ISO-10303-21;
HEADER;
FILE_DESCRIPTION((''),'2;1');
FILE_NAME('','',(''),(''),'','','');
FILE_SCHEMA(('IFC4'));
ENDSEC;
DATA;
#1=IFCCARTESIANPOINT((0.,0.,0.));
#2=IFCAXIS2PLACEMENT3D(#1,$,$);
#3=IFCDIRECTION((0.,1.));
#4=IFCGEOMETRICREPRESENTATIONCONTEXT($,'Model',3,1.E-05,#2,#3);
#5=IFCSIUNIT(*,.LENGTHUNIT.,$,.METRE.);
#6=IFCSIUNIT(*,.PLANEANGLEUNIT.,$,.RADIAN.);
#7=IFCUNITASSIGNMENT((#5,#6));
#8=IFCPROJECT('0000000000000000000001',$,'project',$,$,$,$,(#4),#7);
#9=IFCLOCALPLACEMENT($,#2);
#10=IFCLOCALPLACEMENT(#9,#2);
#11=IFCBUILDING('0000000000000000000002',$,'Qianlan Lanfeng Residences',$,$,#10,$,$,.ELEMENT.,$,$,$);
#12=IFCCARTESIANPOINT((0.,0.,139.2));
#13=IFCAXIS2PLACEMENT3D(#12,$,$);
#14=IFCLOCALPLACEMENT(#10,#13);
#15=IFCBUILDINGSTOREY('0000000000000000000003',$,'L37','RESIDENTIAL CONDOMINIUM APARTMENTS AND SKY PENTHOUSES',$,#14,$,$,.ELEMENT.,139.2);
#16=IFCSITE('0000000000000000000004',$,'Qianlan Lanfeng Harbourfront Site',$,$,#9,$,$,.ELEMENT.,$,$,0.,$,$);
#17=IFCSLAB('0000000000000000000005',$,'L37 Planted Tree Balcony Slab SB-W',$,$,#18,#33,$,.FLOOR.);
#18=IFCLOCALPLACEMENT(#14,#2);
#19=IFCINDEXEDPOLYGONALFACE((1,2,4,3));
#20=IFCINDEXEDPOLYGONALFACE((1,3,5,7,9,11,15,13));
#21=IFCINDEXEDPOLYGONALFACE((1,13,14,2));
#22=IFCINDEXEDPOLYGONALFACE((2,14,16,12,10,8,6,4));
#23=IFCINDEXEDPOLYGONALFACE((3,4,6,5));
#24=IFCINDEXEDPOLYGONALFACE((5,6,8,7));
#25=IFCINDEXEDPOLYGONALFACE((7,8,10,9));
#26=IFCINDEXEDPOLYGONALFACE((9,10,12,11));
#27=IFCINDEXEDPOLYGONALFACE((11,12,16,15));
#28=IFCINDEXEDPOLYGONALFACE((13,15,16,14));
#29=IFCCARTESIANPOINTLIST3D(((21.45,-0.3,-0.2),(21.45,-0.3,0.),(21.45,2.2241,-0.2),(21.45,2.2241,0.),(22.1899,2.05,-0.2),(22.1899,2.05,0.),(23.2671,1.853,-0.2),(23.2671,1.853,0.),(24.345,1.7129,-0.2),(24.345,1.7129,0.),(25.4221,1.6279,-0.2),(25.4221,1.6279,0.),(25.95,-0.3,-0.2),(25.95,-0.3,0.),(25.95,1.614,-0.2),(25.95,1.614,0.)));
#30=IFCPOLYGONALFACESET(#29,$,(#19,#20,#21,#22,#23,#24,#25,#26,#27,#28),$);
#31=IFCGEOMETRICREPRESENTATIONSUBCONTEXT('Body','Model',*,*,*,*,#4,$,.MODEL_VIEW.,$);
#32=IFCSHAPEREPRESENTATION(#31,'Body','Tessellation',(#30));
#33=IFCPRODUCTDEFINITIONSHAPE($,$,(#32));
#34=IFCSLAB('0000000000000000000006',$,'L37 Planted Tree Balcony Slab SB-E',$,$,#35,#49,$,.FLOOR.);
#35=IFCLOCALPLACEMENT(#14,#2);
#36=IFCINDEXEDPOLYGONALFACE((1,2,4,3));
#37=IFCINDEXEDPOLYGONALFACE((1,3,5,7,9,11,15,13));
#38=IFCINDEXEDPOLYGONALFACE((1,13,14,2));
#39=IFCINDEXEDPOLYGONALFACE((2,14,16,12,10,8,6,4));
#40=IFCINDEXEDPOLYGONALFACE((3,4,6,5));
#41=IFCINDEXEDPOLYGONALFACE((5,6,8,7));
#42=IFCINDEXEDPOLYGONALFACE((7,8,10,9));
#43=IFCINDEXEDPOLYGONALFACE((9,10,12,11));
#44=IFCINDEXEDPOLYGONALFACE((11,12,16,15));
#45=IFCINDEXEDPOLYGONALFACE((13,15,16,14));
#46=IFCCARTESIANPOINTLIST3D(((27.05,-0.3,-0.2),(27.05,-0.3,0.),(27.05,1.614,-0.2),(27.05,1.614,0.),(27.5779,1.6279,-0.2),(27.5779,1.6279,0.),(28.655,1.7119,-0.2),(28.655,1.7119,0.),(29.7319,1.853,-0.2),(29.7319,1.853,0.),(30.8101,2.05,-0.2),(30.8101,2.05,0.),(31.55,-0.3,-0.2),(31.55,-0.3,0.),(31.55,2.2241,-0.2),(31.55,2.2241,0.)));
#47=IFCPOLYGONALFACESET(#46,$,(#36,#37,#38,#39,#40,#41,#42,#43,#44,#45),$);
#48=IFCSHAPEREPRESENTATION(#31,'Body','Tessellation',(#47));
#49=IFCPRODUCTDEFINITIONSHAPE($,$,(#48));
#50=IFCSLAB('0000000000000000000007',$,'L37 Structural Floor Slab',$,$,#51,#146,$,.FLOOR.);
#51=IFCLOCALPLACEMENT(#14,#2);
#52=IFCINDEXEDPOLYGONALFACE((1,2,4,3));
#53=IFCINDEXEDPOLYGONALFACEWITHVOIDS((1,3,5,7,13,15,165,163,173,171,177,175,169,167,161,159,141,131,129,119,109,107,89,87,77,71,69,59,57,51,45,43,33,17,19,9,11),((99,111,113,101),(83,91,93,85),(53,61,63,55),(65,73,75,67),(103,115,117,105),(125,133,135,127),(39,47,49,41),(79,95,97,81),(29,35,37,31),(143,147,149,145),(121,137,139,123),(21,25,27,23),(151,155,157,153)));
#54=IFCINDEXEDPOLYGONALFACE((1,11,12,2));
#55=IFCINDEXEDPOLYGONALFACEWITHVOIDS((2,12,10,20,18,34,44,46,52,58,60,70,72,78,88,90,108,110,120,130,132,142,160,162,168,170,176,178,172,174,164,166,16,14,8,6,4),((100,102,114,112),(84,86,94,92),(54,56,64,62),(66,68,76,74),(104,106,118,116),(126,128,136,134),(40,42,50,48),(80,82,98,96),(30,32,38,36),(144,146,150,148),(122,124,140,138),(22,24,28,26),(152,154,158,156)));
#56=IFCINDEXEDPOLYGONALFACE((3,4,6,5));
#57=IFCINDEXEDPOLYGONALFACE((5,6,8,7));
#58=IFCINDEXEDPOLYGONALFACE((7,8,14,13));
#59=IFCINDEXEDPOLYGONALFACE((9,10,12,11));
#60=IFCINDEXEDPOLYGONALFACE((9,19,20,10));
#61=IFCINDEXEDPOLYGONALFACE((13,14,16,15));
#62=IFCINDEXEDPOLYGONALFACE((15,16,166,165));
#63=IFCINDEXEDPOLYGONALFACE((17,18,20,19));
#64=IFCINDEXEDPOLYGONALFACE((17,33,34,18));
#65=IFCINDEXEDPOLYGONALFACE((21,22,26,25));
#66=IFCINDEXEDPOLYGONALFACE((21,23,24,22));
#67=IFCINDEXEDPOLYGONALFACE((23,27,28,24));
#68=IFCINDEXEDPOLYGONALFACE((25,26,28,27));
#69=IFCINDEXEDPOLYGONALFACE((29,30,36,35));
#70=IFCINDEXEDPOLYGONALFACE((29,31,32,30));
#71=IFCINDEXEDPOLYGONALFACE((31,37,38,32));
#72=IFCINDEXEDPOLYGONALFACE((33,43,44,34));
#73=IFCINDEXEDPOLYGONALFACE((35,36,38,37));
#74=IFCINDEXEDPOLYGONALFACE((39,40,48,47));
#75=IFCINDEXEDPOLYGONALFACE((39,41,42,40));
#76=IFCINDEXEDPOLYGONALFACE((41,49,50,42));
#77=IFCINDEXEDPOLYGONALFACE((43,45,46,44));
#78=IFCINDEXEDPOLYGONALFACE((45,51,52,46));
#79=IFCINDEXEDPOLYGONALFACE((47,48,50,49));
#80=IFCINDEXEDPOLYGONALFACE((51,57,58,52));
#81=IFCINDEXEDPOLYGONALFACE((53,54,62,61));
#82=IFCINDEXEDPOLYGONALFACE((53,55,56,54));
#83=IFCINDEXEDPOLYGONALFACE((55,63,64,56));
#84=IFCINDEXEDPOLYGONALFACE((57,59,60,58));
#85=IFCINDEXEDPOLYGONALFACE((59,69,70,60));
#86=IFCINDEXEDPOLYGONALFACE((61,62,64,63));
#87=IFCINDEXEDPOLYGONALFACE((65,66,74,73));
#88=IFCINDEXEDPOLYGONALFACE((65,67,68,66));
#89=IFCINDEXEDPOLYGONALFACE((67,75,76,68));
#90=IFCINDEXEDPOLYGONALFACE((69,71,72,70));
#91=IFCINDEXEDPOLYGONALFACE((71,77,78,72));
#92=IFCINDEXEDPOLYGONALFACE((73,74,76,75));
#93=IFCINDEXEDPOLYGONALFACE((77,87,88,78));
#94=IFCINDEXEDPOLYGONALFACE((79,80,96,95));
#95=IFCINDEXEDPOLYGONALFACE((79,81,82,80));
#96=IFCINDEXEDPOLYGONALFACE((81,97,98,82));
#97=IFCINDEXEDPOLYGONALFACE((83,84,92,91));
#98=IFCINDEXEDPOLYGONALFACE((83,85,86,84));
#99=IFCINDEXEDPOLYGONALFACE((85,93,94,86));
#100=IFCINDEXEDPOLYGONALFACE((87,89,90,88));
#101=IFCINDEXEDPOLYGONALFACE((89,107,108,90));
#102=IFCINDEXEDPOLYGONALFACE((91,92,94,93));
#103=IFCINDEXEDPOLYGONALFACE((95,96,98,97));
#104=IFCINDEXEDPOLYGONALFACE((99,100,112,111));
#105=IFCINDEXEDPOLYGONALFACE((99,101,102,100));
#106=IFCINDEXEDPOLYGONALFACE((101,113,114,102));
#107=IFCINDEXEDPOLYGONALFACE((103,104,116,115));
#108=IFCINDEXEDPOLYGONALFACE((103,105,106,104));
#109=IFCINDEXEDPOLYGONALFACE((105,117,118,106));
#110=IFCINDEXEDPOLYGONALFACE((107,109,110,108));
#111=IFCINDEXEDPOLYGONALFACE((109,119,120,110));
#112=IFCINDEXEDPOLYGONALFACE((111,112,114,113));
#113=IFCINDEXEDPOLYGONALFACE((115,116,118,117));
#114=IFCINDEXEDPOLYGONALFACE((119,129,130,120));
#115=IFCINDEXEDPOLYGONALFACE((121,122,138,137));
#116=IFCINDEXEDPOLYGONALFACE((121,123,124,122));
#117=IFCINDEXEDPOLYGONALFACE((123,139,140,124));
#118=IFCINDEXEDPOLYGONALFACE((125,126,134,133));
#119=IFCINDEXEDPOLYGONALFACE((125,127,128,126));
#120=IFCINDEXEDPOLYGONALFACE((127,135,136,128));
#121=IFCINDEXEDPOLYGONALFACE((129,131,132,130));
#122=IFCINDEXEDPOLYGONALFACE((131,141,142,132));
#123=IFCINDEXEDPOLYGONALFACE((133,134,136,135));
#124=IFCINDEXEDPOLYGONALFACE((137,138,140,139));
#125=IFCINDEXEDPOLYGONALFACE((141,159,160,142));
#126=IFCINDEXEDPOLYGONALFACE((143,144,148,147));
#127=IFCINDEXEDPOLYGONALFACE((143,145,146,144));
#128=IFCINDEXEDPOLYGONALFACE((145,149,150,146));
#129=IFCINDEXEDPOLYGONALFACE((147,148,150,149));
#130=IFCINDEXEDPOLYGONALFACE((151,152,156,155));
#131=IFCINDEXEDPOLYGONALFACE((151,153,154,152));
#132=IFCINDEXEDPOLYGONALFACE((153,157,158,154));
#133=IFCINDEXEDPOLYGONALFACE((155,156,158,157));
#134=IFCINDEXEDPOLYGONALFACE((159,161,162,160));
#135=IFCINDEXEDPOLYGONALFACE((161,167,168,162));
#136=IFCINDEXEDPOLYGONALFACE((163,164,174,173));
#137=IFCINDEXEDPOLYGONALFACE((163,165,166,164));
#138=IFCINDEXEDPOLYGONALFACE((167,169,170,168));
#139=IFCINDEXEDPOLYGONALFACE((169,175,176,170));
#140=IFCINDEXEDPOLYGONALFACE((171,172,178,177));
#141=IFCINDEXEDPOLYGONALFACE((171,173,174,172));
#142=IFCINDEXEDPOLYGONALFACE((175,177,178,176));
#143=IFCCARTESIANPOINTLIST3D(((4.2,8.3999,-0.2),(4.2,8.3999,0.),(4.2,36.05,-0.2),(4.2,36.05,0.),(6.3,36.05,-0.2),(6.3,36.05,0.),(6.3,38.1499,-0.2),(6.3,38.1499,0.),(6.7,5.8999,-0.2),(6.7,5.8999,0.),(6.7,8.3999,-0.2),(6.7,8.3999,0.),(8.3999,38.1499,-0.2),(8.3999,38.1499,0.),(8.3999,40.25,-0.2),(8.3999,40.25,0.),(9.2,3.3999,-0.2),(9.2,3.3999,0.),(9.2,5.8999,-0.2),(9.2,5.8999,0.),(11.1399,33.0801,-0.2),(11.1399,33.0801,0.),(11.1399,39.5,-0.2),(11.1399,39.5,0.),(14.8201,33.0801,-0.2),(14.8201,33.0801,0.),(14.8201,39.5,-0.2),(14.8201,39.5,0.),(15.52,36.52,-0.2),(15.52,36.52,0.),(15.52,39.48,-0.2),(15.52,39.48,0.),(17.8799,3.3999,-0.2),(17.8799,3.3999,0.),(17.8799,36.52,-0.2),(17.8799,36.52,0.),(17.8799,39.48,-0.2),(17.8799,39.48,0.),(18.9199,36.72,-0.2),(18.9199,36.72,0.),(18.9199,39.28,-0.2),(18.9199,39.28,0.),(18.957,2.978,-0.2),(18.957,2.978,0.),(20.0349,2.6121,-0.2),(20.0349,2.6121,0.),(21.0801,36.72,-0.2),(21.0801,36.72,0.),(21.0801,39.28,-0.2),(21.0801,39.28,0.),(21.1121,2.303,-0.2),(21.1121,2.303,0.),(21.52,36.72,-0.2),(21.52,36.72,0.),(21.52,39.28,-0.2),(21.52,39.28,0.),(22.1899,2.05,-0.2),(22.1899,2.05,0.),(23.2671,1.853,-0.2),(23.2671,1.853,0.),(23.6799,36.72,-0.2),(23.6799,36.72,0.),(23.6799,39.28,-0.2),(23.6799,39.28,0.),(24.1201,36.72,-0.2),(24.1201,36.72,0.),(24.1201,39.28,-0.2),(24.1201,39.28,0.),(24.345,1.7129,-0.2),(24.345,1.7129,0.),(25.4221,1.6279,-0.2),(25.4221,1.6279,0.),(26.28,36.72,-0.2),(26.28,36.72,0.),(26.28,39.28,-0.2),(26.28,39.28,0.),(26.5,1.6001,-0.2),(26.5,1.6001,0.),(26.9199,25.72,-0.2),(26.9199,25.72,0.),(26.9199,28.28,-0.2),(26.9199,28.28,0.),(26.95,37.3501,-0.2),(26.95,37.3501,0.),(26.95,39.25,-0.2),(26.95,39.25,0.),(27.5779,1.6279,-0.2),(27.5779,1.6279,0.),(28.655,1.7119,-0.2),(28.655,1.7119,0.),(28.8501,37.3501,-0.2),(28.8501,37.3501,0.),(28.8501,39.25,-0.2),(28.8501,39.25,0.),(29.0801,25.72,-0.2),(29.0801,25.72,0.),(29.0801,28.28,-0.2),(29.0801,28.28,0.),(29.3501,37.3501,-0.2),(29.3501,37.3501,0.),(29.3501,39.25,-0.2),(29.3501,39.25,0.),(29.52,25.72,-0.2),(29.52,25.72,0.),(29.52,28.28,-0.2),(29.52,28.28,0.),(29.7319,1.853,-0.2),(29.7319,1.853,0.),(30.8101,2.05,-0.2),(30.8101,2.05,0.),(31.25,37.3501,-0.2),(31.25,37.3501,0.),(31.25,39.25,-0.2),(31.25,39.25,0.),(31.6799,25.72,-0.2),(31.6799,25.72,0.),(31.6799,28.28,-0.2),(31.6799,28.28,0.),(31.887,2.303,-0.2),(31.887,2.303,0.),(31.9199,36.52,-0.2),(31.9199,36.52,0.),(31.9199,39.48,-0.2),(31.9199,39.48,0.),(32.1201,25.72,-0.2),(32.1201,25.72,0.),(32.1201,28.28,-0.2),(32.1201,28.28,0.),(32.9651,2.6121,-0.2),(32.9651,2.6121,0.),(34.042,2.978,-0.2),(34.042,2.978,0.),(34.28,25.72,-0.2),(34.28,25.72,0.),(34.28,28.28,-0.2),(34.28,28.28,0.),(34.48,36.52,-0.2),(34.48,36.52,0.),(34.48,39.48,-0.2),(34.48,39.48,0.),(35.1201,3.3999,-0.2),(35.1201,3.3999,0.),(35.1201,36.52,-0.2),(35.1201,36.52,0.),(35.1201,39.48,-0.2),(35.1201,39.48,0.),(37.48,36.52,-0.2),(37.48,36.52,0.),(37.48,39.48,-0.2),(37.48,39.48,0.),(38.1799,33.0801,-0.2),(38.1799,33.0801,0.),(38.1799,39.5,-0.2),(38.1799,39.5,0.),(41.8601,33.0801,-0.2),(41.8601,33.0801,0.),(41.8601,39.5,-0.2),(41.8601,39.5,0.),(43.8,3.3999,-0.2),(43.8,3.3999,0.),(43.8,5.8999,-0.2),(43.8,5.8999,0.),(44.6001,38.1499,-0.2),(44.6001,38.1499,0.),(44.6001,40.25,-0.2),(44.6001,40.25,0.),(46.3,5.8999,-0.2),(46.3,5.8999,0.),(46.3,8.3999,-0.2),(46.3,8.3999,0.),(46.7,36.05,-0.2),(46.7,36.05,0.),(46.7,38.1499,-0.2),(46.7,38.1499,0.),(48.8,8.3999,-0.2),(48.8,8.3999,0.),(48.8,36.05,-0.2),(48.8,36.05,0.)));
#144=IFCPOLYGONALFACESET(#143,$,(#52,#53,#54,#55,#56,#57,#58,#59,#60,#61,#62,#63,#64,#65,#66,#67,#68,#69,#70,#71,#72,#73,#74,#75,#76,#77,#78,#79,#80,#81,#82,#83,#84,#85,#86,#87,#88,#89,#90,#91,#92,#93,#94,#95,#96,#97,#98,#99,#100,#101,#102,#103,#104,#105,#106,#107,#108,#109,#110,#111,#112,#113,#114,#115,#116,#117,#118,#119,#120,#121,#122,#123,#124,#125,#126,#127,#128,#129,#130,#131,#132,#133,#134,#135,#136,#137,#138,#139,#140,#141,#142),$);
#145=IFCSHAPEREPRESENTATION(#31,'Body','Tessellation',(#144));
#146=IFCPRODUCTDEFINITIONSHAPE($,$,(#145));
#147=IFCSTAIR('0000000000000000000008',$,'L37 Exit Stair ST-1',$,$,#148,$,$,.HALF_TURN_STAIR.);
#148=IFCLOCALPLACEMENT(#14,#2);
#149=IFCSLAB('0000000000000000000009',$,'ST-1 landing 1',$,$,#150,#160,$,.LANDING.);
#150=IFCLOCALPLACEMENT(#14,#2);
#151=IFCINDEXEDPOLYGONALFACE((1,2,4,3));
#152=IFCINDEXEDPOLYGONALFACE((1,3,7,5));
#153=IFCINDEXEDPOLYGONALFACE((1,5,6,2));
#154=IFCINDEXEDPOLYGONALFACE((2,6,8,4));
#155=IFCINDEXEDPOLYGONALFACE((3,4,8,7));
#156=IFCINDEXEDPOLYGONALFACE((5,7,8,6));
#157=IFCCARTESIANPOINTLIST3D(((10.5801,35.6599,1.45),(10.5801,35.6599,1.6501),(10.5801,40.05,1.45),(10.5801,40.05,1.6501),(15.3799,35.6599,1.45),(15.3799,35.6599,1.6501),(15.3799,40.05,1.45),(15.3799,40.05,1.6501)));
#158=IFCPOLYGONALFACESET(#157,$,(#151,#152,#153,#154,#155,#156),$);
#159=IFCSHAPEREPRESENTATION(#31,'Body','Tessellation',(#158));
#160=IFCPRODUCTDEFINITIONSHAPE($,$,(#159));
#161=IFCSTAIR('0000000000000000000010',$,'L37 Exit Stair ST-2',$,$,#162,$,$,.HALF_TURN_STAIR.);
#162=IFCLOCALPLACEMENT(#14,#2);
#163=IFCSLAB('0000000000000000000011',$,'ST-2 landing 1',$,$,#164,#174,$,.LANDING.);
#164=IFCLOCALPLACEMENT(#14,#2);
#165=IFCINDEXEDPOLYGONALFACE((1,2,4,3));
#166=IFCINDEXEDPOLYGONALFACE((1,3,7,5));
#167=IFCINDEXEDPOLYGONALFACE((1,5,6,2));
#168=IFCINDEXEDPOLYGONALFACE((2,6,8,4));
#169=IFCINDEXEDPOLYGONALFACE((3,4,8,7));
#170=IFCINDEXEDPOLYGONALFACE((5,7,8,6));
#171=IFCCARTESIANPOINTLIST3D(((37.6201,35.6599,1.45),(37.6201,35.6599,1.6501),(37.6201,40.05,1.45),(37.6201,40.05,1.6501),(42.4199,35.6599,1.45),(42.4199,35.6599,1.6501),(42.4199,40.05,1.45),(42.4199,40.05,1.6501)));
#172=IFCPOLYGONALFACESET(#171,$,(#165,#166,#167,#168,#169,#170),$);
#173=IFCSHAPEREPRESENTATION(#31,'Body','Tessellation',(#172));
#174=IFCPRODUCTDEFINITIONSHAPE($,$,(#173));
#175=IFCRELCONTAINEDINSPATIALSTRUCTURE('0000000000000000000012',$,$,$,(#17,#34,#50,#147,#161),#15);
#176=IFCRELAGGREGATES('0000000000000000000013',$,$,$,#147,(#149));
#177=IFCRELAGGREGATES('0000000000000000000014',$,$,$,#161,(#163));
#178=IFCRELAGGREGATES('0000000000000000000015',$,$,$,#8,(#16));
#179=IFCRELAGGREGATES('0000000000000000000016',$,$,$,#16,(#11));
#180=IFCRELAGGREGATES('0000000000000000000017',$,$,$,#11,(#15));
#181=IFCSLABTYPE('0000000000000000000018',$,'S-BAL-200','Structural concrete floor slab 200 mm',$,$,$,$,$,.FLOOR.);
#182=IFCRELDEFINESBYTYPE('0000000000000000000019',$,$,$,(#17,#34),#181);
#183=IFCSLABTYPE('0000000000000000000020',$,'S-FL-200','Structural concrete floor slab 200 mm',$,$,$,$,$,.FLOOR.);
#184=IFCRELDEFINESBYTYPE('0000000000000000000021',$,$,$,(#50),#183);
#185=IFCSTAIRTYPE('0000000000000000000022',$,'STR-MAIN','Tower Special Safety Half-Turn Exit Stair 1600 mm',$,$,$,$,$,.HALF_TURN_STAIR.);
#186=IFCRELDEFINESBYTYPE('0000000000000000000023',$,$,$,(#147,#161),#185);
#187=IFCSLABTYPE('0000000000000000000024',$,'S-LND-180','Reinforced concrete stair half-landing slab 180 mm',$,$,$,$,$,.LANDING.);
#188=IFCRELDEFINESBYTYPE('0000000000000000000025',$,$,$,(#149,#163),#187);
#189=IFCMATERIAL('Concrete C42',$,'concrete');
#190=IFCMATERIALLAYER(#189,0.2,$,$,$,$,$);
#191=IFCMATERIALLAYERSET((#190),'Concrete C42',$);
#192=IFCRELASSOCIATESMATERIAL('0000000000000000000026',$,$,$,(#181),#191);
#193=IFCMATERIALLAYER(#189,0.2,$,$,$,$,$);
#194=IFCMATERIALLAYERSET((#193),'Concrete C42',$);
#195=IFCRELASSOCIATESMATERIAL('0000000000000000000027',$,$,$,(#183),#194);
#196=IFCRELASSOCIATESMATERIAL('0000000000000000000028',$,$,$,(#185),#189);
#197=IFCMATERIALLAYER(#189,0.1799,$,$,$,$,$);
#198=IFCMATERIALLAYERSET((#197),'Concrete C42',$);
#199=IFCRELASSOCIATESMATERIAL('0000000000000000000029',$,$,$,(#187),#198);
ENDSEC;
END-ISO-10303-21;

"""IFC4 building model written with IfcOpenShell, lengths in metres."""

from ifc_helpers import new_model, si_unit, direction, frame, origin, place, context, subcontext, project, spatial, polyline, outline, extrude, material, layer, layer_set, type_object, element, aggregate, save


model = new_model("IFC4")

# Units and contexts
model_context = context("Model", 3, precision=1e-05, world=origin(), true_north=direction((0.0, 1.0)))
body_context = subcontext(model_context, "Body", "Model", "MODEL_VIEW")
ifc_project = project(units=[si_unit("LENGTHUNIT", "METRE"), si_unit("PLANEANGLEUNIT", "RADIAN")], contexts=[model_context])

# Site, building, storey
site_placement = place(None, origin())
site = spatial("IfcSite", under=ifc_project, at=site_placement, Name="Qianlan Lanfeng Harbourfront Site", CompositionType="ELEMENT", RefElevation=0.0)
building_placement = place(site_placement, origin())
building = spatial("IfcBuilding", under=site, at=building_placement, Name="Qianlan Lanfeng Residences", CompositionType="ELEMENT")
storey_placement = place(building_placement, frame((0.0, 0.0, 139.2)))
storey = spatial("IfcBuildingStorey", under=building, at=storey_placement, Name="L37", Description="RESIDENTIAL CONDOMINIUM APARTMENTS AND SKY PENTHOUSES", CompositionType="ELEMENT", Elevation=139.2)

# Slabs
ifc_material_1 = material(Name="Concrete C42", Category="concrete")
ifc_layer_1 = layer(ifc_material_1, 0.2)
ifc_layer_set_1 = layer_set([ifc_layer_1], Name="Concrete C42")
slab_type_1 = type_object("IfcSlabType", Name="S-BAL-200", Description="Structural concrete floor slab 200 mm", PredefinedType="FLOOR", material=ifc_layer_set_1)
slab_1_placement = place(storey_placement, frame((0.0, 0.0, -0.2)))
element("IfcSlab", 1, at=slab_1_placement, inside=storey, type_object=slab_type_1, Name="L37 Planted Tree Balcony Slab SB-W", PredefinedType="FLOOR", context=body_context, shape_type="SweptSolid", body=[
    extrude(outline(polyline([(25.95, 1.614), (25.4221, 1.6279), (24.345, 1.7129), (23.2671, 1.853), (22.1899, 2.05), (21.45, 2.2241), (21.45, -0.3), (25.95, -0.3), (25.95, 1.614)])), origin(), (0.0, 0.0, 1.0), 0.2),
])
slab_2_placement = place(storey_placement, frame((0.0, 0.0, -0.2)))
element("IfcSlab", 2, at=slab_2_placement, inside=storey, type_object=slab_type_1, Name="L37 Planted Tree Balcony Slab SB-E", PredefinedType="FLOOR", context=body_context, shape_type="SweptSolid", body=[
    extrude(outline(polyline([(31.55, 2.2241), (30.8101, 2.05), (29.7319, 1.853), (28.655, 1.7119), (27.5779, 1.6279), (27.05, 1.614), (27.05, -0.3), (31.55, -0.3), (31.55, 2.2241)])), origin(), (0.0, 0.0, 1.0), 0.2),
])
ifc_layer_2 = layer(ifc_material_1, 0.2)
ifc_layer_set_2 = layer_set([ifc_layer_2], Name="Concrete C42")
slab_type_2 = type_object("IfcSlabType", Name="S-FL-200", Description="Structural concrete floor slab 200 mm", PredefinedType="FLOOR", material=ifc_layer_set_2)
slab_3_placement = place(storey_placement, frame((0.0, 0.0, -0.2)))
element("IfcSlab", 3, at=slab_3_placement, inside=storey, type_object=slab_type_2, Name="L37 Structural Floor Slab", PredefinedType="FLOOR", context=body_context, shape_type="SweptSolid", body=[
    extrude(outline(polyline([(4.2, 8.3999), (6.7, 8.3999), (6.7, 5.8999), (9.2, 5.8999), (9.2, 3.3999), (17.8799, 3.3999), (18.957, 2.978), (20.0349, 2.6121), (21.1121, 2.303), (22.1899, 2.05), (23.2671, 1.853), (24.345, 1.7129), (25.4221, 1.6279), (26.5, 1.6001), (27.5779, 1.6279), (28.655, 1.7119), (29.7319, 1.853), (30.8101, 2.05), (31.887, 2.303), (32.9651, 2.6121), (34.042, 2.978), (35.1201, 3.3999), (43.8, 3.3999), (43.8, 5.8999), (46.3, 5.8999), (46.3, 8.3999), (48.8, 8.3999), (48.8, 36.05), (46.7, 36.05), (46.7, 38.1499), (44.6001, 38.1499), (44.6001, 40.25), (8.3999, 40.25), (8.3999, 38.1499), (6.3, 38.1499), (6.3, 36.05), (4.2, 36.05), (4.2, 8.3999)]), holes=[polyline([(11.1399, 33.0801), (11.1399, 39.5), (14.8201, 39.5), (14.8201, 33.0801), (11.1399, 33.0801)]), polyline([(38.1799, 33.0801), (38.1799, 39.5), (41.8601, 39.5), (41.8601, 33.0801), (38.1799, 33.0801)]), polyline([(15.52, 36.52), (15.52, 39.48), (17.8799, 39.48), (17.8799, 36.52), (15.52, 36.52)]), polyline([(35.1201, 36.52), (35.1201, 39.48), (37.48, 39.48), (37.48, 36.52), (35.1201, 36.52)]), polyline([(31.9199, 36.52), (31.9199, 39.48), (34.48, 39.48), (34.48, 36.52), (31.9199, 36.52)]), polyline([(26.9199, 25.72), (26.9199, 28.28), (29.0801, 28.28), (29.0801, 25.72), (26.9199, 25.72)]), polyline([(29.52, 25.72), (29.52, 28.28), (31.6799, 28.28), (31.6799, 25.72), (29.52, 25.72)]), polyline([(32.1201, 25.72), (32.1201, 28.28), (34.28, 28.28), (34.28, 25.72), (32.1201, 25.72)]), polyline([(18.9199, 36.72), (18.9199, 39.28), (21.0801, 39.28), (21.0801, 36.72), (18.9199, 36.72)]), polyline([(21.52, 36.72), (21.52, 39.28), (23.6799, 39.28), (23.6799, 36.72), (21.52, 36.72)]), polyline([(24.1201, 36.72), (24.1201, 39.28), (26.28, 39.28), (26.28, 36.72), (24.1201, 36.72)]), polyline([(26.95, 37.3501), (26.95, 39.25), (28.8501, 39.25), (28.8501, 37.3501), (26.95, 37.3501)]), polyline([(29.3501, 37.3501), (29.3501, 39.25), (31.25, 39.25), (31.25, 37.3501), (29.3501, 37.3501)])]), origin(), (0.0, 0.0, 1.0), 0.2),
])

# Stairs, slabs
stair_type = type_object("IfcStairType", Name="STR-MAIN", Description="Tower Special Safety Half-Turn Exit Stair 1600 mm", PredefinedType="HALF_TURN_STAIR", material=ifc_material_1)
stair_1_placement = place(storey_placement, origin())
stair_1 = element("IfcStair", 4, at=stair_1_placement, inside=storey, type_object=stair_type, Name="L37 Exit Stair ST-1", PredefinedType="HALF_TURN_STAIR")
ifc_layer_3 = layer(ifc_material_1, 0.1799)
ifc_layer_set_3 = layer_set([ifc_layer_3], Name="Concrete C42")
slab_type_3 = type_object("IfcSlabType", Name="S-LND-180", Description="Reinforced concrete stair half-landing slab 180 mm", PredefinedType="LANDING", material=ifc_layer_set_3)
slab_4_placement = place(storey_placement, frame((0.0, 0.0, 1.45)))
slab_4 = element("IfcSlab", 5, at=slab_4_placement, type_object=slab_type_3, Name="ST-1 landing 1", PredefinedType="LANDING", context=body_context, shape_type="SweptSolid", body=[
    extrude(outline(polyline([(10.5801, 35.6599), (15.3799, 35.6599), (15.3799, 40.05), (10.5801, 40.05), (10.5801, 35.6599)])), origin(), (0.0, 0.0, 1.0), 0.2002),
])
aggregate(stair_1, [slab_4])
stair_2_placement = place(storey_placement, origin())
stair_2 = element("IfcStair", 6, at=stair_2_placement, inside=storey, type_object=stair_type, Name="L37 Exit Stair ST-2", PredefinedType="HALF_TURN_STAIR")
slab_5_placement = place(storey_placement, frame((0.0, 0.0, 1.45)))
slab_5 = element("IfcSlab", 7, at=slab_5_placement, type_object=slab_type_3, Name="ST-2 landing 1", PredefinedType="LANDING", context=body_context, shape_type="SweptSolid", body=[
    extrude(outline(polyline([(37.6201, 35.6599), (42.4199, 35.6599), (42.4199, 40.05), (37.6201, 40.05), (37.6201, 35.6599)])), origin(), (0.0, 0.0, 1.0), 0.2002),
])
aggregate(stair_2, [slab_5])

save(model, "model.ifc")
